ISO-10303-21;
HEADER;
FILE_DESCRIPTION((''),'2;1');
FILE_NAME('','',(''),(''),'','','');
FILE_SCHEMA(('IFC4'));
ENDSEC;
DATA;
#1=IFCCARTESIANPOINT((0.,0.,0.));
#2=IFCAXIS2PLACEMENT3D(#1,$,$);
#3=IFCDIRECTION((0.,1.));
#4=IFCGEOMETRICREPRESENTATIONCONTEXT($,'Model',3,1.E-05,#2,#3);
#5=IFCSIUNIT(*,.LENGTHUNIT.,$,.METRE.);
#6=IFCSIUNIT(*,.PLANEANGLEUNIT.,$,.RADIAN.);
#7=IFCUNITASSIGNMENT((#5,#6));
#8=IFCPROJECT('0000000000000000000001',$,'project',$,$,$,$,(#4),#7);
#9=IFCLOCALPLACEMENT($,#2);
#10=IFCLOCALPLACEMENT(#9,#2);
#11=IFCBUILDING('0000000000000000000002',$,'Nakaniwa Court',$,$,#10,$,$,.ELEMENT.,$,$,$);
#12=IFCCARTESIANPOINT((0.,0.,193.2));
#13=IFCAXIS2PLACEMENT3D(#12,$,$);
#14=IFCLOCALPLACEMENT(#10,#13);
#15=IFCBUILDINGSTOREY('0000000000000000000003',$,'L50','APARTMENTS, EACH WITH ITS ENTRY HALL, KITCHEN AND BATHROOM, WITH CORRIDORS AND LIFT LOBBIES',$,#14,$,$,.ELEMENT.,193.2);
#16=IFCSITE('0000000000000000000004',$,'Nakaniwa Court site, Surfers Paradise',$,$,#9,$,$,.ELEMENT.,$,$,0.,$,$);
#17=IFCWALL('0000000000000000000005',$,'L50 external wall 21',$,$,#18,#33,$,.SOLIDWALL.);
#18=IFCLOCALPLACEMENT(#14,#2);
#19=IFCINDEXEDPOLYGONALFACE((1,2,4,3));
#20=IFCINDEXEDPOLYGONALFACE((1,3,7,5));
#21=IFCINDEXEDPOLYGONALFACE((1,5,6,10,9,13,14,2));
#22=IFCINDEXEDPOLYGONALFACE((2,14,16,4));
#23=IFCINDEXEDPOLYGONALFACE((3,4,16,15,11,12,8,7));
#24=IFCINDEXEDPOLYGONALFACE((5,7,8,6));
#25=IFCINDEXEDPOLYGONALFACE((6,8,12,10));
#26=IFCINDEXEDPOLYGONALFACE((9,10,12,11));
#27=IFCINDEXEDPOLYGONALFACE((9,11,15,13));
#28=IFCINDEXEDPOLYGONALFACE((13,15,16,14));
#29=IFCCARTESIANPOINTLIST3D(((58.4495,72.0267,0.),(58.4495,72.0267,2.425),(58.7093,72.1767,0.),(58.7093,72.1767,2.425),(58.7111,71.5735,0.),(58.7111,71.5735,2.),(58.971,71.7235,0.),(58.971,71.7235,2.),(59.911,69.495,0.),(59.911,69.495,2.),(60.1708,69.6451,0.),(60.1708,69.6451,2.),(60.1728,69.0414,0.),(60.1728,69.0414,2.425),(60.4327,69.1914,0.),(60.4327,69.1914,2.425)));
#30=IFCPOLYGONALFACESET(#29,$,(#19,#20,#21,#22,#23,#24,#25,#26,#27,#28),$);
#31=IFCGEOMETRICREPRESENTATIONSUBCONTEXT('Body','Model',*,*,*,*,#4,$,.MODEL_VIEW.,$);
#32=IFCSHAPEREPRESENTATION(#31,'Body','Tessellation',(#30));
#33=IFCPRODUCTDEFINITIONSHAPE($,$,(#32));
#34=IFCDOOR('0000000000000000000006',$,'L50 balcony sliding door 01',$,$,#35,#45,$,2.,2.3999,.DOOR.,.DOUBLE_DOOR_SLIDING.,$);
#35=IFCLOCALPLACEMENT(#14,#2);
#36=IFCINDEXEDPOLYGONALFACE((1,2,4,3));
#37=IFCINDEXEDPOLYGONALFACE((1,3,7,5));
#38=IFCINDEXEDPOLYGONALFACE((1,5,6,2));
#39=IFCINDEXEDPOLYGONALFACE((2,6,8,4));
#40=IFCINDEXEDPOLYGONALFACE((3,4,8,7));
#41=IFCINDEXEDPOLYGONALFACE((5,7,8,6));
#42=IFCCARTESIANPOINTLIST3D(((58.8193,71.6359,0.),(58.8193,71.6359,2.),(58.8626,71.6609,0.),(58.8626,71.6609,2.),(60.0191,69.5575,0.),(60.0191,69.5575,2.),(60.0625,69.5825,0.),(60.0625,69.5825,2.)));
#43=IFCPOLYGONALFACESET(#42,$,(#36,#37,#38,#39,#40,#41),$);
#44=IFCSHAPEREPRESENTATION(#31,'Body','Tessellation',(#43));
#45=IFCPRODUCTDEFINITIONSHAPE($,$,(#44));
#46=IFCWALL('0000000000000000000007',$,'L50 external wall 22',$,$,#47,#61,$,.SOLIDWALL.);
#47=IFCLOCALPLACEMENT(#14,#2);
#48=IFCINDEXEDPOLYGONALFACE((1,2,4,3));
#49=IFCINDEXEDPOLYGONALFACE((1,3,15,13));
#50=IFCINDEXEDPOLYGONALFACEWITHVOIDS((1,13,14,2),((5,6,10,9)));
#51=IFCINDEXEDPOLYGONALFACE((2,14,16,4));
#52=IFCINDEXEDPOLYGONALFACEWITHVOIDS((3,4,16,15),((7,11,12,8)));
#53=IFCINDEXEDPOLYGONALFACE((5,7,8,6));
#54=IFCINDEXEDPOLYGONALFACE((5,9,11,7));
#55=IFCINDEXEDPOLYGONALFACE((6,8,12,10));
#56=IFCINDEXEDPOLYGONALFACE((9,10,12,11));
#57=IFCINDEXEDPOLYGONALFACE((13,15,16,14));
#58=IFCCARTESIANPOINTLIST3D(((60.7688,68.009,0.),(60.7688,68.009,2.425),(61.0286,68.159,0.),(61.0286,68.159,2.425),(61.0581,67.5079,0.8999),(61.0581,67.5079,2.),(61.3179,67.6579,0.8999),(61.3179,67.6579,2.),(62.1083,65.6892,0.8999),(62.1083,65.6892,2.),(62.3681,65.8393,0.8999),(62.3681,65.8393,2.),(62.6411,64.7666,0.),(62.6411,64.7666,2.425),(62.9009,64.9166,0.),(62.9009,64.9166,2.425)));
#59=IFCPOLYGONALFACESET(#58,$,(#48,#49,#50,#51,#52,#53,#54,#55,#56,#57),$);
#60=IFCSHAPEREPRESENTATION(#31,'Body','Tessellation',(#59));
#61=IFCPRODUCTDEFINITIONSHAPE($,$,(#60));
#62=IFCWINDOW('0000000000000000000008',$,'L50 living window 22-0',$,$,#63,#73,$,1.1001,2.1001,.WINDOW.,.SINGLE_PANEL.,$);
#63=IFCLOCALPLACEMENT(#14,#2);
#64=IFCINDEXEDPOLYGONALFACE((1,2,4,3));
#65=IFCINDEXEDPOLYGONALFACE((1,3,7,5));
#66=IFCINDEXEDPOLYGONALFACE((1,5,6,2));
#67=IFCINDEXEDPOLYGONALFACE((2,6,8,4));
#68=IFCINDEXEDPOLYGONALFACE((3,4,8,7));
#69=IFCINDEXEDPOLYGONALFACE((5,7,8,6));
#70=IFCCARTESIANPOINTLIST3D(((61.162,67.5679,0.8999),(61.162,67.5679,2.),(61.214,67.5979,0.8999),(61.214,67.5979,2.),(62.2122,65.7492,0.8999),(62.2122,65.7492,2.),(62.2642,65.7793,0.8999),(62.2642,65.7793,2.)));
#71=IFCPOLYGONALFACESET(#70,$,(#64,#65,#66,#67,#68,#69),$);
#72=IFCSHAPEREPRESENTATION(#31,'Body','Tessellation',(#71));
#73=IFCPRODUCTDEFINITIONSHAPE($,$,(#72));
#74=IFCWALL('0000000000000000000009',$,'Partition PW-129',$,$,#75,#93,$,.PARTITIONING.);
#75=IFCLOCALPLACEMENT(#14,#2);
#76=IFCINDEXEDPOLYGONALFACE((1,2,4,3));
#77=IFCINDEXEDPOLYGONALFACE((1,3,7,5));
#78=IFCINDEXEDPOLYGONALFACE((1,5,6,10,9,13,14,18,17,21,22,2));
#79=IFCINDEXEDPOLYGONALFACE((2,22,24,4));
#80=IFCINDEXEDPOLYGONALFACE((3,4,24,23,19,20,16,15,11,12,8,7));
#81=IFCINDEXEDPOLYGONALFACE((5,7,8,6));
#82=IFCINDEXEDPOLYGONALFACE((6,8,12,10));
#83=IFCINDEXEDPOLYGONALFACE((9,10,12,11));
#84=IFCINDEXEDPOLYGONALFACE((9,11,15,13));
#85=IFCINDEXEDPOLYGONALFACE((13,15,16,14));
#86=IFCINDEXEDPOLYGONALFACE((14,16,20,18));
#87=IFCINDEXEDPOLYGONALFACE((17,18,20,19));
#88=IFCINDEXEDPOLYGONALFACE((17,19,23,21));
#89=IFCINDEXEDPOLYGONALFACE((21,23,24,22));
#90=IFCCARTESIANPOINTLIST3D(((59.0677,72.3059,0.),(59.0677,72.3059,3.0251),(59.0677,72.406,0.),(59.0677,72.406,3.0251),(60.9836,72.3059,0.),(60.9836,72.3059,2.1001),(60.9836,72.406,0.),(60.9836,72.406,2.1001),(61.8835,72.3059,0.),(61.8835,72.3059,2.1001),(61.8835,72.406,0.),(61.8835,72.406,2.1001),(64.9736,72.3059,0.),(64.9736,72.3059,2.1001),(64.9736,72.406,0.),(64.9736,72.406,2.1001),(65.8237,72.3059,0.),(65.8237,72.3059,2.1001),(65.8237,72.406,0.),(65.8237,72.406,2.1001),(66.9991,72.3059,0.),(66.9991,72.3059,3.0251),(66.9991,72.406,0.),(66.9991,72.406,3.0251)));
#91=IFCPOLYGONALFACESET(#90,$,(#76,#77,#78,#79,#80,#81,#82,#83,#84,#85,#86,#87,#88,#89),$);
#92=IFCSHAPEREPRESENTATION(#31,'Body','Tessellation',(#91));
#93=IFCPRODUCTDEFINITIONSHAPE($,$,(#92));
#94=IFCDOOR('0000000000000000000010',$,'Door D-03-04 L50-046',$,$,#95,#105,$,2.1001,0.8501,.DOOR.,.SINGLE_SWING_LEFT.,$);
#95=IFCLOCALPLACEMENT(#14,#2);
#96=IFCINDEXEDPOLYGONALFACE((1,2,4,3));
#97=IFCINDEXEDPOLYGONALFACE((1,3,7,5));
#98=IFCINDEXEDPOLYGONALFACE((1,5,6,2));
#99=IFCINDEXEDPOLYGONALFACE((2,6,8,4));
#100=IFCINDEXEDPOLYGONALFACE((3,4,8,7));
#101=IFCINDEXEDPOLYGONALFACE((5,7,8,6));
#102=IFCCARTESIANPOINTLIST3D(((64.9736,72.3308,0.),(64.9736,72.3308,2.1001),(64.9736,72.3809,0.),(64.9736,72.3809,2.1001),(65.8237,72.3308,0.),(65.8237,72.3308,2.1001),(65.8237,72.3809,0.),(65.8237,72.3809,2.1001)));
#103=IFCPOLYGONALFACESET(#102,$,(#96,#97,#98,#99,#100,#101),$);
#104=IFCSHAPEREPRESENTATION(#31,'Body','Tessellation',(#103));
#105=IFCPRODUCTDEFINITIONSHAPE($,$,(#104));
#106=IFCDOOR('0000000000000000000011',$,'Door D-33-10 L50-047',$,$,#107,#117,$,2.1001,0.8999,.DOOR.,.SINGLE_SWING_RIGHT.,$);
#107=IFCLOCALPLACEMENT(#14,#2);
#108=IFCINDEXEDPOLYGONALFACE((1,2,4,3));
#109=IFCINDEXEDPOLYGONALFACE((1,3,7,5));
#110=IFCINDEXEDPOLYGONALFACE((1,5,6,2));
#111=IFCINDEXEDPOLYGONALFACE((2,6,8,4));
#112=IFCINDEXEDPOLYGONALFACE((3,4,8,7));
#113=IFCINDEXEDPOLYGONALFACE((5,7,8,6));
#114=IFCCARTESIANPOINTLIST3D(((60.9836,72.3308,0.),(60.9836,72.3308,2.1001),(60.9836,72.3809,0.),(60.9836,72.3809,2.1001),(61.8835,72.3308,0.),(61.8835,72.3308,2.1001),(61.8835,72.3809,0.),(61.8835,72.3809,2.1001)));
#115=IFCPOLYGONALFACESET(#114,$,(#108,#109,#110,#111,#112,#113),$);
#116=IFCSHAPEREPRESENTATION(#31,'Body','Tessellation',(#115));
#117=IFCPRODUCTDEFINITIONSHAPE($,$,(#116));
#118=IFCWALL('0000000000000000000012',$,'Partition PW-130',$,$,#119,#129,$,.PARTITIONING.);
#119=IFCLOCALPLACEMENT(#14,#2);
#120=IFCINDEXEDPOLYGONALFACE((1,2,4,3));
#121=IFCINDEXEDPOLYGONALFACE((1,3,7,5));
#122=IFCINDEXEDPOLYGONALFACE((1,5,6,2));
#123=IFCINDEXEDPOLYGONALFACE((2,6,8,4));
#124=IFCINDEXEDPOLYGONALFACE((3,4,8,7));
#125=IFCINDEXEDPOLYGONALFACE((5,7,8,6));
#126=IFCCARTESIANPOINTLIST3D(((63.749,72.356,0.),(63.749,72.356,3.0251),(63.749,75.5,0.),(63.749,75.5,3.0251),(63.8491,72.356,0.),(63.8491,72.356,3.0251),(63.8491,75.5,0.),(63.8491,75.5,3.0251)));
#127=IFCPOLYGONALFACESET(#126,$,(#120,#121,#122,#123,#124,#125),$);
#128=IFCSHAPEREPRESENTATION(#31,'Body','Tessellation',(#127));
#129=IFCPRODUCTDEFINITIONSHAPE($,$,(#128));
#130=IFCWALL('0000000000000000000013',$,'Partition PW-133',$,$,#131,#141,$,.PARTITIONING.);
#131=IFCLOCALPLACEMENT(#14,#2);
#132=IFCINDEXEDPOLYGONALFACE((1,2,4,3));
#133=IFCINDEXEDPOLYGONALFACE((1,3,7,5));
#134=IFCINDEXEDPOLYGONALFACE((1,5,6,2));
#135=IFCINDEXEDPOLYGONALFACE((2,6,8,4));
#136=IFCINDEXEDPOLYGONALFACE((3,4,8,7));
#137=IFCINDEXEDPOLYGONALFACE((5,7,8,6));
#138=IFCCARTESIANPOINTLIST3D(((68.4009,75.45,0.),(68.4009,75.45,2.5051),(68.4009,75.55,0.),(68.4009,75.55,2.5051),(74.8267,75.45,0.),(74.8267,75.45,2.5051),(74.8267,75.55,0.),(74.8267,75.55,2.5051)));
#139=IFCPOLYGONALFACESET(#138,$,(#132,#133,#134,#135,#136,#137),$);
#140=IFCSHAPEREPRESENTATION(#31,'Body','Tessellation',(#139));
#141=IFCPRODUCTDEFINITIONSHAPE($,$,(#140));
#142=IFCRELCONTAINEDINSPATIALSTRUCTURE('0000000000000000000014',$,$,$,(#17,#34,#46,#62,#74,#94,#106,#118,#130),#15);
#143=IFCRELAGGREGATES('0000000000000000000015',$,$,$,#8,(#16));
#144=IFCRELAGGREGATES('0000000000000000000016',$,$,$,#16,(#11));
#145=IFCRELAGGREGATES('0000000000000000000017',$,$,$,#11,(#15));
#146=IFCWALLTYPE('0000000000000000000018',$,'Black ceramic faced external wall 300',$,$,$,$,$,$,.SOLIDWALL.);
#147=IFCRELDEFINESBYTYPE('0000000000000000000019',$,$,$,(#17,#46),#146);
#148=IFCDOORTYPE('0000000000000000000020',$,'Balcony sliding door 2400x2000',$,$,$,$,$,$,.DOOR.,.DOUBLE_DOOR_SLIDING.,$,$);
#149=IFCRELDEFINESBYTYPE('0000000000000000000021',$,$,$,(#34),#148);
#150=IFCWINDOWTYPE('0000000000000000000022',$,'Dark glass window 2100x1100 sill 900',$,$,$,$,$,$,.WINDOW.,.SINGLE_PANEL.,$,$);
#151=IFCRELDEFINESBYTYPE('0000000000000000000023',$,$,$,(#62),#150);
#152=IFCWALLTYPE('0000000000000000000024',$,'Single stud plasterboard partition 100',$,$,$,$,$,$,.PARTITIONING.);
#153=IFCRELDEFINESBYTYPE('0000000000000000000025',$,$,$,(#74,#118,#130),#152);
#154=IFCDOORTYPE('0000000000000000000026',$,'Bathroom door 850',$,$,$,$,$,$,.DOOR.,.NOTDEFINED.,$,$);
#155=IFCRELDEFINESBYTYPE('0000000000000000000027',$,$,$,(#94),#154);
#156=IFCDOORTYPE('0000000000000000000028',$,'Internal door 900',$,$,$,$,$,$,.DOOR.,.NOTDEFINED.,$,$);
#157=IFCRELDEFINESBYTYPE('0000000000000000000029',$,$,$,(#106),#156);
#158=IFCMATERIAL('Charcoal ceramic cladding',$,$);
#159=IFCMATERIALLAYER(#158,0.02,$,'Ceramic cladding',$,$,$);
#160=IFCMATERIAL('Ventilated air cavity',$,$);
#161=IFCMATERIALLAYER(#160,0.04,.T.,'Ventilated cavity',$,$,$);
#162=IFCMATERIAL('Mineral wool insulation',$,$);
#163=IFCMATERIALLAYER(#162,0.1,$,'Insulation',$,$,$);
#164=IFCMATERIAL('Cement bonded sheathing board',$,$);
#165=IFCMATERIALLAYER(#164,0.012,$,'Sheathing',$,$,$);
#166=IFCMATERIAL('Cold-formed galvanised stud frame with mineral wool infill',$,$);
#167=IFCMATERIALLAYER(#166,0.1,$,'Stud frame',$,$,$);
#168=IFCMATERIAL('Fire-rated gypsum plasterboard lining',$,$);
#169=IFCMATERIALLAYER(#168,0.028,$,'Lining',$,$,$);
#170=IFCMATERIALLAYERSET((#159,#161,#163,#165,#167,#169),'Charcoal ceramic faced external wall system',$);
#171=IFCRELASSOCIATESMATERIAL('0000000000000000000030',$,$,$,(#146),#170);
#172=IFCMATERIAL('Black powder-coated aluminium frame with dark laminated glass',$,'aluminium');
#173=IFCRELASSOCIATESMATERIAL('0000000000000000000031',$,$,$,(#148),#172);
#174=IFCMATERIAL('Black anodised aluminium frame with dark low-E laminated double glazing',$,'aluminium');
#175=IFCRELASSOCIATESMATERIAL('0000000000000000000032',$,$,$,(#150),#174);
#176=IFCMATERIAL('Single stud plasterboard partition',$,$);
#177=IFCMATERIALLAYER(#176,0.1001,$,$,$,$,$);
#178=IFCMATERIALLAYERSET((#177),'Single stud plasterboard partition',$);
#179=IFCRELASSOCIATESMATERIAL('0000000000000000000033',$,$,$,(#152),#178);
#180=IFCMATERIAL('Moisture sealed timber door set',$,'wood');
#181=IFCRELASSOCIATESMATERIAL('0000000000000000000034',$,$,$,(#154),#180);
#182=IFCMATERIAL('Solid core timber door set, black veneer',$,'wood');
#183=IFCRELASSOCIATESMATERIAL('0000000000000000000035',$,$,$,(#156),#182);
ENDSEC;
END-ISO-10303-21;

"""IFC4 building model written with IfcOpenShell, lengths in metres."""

from ifc_helpers import new_model, si_unit, direction, frame, frame_2d, origin, place, context, subcontext, project, spatial, rectangle, extrude, material, layer, layer_set, type_object, element, fill, save


model = new_model("IFC4")

# Units and contexts
model_context = context("Model", 3, precision=1e-05, world=origin(), true_north=direction((0.0, 1.0)))
body_context = subcontext(model_context, "Body", "Model", "MODEL_VIEW")
ifc_project = project(units=[si_unit("LENGTHUNIT", "METRE"), si_unit("PLANEANGLEUNIT", "RADIAN")], contexts=[model_context])

# Site, building, storey
site_placement = place(None, origin())
site = spatial("IfcSite", under=ifc_project, at=site_placement, Name="Nakaniwa Court site, Surfers Paradise", CompositionType="ELEMENT", RefElevation=0.0)
building_placement = place(site_placement, origin())
building = spatial("IfcBuilding", under=site, at=building_placement, Name="Nakaniwa Court", CompositionType="ELEMENT")
storey_placement = place(building_placement, frame((0.0, 0.0, 193.2)))
storey = spatial("IfcBuildingStorey", under=building, at=storey_placement, Name="L50", Description="APARTMENTS, EACH WITH ITS ENTRY HALL, KITCHEN AND BATHROOM, WITH CORRIDORS AND LIFT LOBBIES", CompositionType="ELEMENT", Elevation=193.2)

# Shared definitions
ifc_material_1 = material(Name="Solid core timber door set, black veneer", Category="wood")

# Wall, opening, door
ifc_material_2 = material(Name="Charcoal ceramic cladding")
ifc_layer_1 = layer(ifc_material_2, 0.02, Name="Ceramic cladding")
ifc_material_3 = material(Name="Ventilated air cavity")
ifc_layer_2 = layer(ifc_material_3, 0.04, ventilated=True, Name="Ventilated cavity")
ifc_material_4 = material(Name="Mineral wool insulation")
ifc_layer_3 = layer(ifc_material_4, 0.1, Name="Insulation")
ifc_material_5 = material(Name="Cement bonded sheathing board")
ifc_layer_4 = layer(ifc_material_5, 0.012, Name="Sheathing")
ifc_material_6 = material(Name="Cold-formed galvanised stud frame with mineral wool infill")
ifc_layer_5 = layer(ifc_material_6, 0.1, Name="Stud frame")
ifc_material_7 = material(Name="Fire-rated gypsum plasterboard lining")
ifc_layer_6 = layer(ifc_material_7, 0.028, Name="Lining")
ifc_layer_set_1 = layer_set([ifc_layer_1, ifc_layer_2, ifc_layer_3, ifc_layer_4, ifc_layer_5, ifc_layer_6], Name="Charcoal ceramic faced external wall system")
wall_type_1 = type_object("IfcWallType", Name="Black ceramic faced external wall 300", PredefinedType="SOLIDWALL", material=ifc_layer_set_1)
wall_1_placement = place(storey_placement, frame((58.5793, 72.1018, 0.0), z_axis=(0.0, 0.0, 1.0), x_axis=(0.499955, -0.866051, 0.0)))
wall_1 = element("IfcWall", 1, at=wall_1_placement, inside=storey, type_object=wall_type_1, Name="L50 external wall 21", PredefinedType="SOLIDWALL", context=body_context, shape_type="SweptSolid", body=[
    extrude(rectangle(XDim=3.447, YDim=0.3, at=frame_2d((1.7236, 0.0))), origin(), (0.0, 0.0, 1.0), 2.425),
])
opening_1_placement = place(wall_1_placement, frame((0.5234, 0.0, 0.0)))
opening_1 = element("IfcOpeningElement", 2, at=opening_1_placement, cuts=wall_1, PredefinedType="OPENING", context=body_context, shape_type="SweptSolid", body=[
    extrude(rectangle(XDim=2.3999, YDim=2.0, at=frame_2d((1.2, 1.0))), frame((0.0, 0.1599, 0.0), z_axis=(0.0, -1.0, 0.0), x_axis=(1.0, 0.0, 0.0)), (0.0, 0.0, 1.0), 0.3201),
])
ifc_material_8 = material(Name="Black powder-coated aluminium frame with dark laminated glass", Category="aluminium")
door_type_1 = type_object("IfcDoorType", Name="Balcony sliding door 2400x2000", OperationType="DOUBLE_DOOR_SLIDING", PredefinedType="DOOR", material=ifc_material_8)
door_1_placement = place(opening_1_placement, origin())
door_1 = element("IfcDoor", 3, at=door_1_placement, inside=storey, type_object=door_type_1, Name="L50 balcony sliding door 01", OperationType="DOUBLE_DOOR_SLIDING", OverallHeight=2.0, OverallWidth=2.3999, PredefinedType="DOOR", context=body_context, shape_type="SweptSolid", body=[
    extrude(rectangle(XDim=2.3999, YDim=2.0, at=frame_2d((1.2, 1.0))), frame((0.0, 0.0249, 0.0), z_axis=(0.0, -1.0, 0.0), x_axis=(1.0, 0.0, 0.0)), (0.0, 0.0, 1.0), 0.05),
])
fill(opening_1, door_1)

# Wall, opening, window
wall_2_placement = place(storey_placement, frame((60.8987, 68.084, 0.0), z_axis=(0.0, 0.0, 1.0), x_axis=(0.500059, -0.865991, 0.0)))
wall_2 = element("IfcWall", 4, at=wall_2_placement, inside=storey, type_object=wall_type_1, Name="L50 external wall 22", PredefinedType="SOLIDWALL", context=body_context, shape_type="SweptSolid", body=[
    extrude(rectangle(XDim=3.7441, YDim=0.3, at=frame_2d((1.8721, 0.0))), origin(), (0.0, 0.0, 1.0), 2.425),
])
opening_2_placement = place(wall_2_placement, frame((0.5786, 0.0, 0.8999)))
opening_2 = element("IfcOpeningElement", 5, at=opening_2_placement, cuts=wall_2, PredefinedType="OPENING", context=body_context, shape_type="SweptSolid", body=[
    extrude(rectangle(XDim=2.1001, YDim=1.1001, at=frame_2d((1.05, 0.55))), frame((0.0, 0.1599, 0.0), z_axis=(0.0, -1.0, 0.0), x_axis=(1.0, 0.0, 0.0)), (0.0, 0.0, 1.0), 0.3201),
])
ifc_material_9 = material(Name="Black anodised aluminium frame with dark low-E laminated double glazing", Category="aluminium")
window_type = type_object("IfcWindowType", Name="Dark glass window 2100x1100 sill 900", PartitioningType="SINGLE_PANEL", PredefinedType="WINDOW", material=ifc_material_9)
window_placement = place(opening_2_placement, origin())
window = element("IfcWindow", 6, at=window_placement, inside=storey, type_object=window_type, Name="L50 living window 22-0", OverallHeight=1.1001, OverallWidth=2.1001, PartitioningType="SINGLE_PANEL", PredefinedType="WINDOW", context=body_context, shape_type="SweptSolid", body=[
    extrude(rectangle(XDim=2.1001, YDim=1.1001, at=frame_2d((1.05, 0.55))), frame((0.0, 0.03, 0.0), z_axis=(0.0, -1.0, 0.0), x_axis=(1.0, 0.0, 0.0)), (0.0, 0.0, 1.0), 0.0601),
])
fill(opening_2, window)

# Wall, openings, doors
ifc_material_10 = material(Name="Single stud plasterboard partition")
ifc_layer_7 = layer(ifc_material_10, 0.1001)
ifc_layer_set_2 = layer_set([ifc_layer_7], Name="Single stud plasterboard partition")
wall_type_2 = type_object("IfcWallType", Name="Single stud plasterboard partition 100", PredefinedType="PARTITIONING", material=ifc_layer_set_2)
wall_3_placement = place(storey_placement, frame((59.0676, 72.356, 0.0), z_axis=(0.0, 0.0, 1.0), x_axis=(1.0, 0.0, 0.0)))
wall_3 = element("IfcWall", 7, at=wall_3_placement, inside=storey, type_object=wall_type_2, Name="Partition PW-129", PredefinedType="PARTITIONING", context=body_context, shape_type="SweptSolid", body=[
    extrude(rectangle(XDim=7.9314, YDim=0.1001, at=frame_2d((3.9658, 0.0))), origin(), (0.0, 0.0, 1.0), 3.0251),
])
opening_3_placement = place(wall_3_placement, frame((5.906, 0.0, 0.0)))
opening_3 = element("IfcOpeningElement", 8, at=opening_3_placement, cuts=wall_3, PredefinedType="OPENING", context=body_context, shape_type="SweptSolid", body=[
    extrude(rectangle(XDim=0.8501, YDim=2.1001, at=frame_2d((0.425, 1.05))), frame((0.0, 0.0601, 0.0), z_axis=(0.0, -1.0, 0.0), x_axis=(1.0, 0.0, 0.0)), (0.0, 0.0, 1.0), 0.1201),
])
opening_4_placement = place(wall_3_placement, frame((1.916, 0.0, 0.0)))
opening_4 = element("IfcOpeningElement", 9, at=opening_4_placement, cuts=wall_3, PredefinedType="OPENING", context=body_context, shape_type="SweptSolid", body=[
    extrude(rectangle(XDim=0.8999, YDim=2.1001, at=frame_2d((0.45, 1.05))), frame((0.0, 0.0601, 0.0), z_axis=(0.0, -1.0, 0.0), x_axis=(1.0, 0.0, 0.0)), (0.0, 0.0, 1.0), 0.1201),
])
ifc_material_11 = material(Name="Moisture sealed timber door set", Category="wood")
door_type_2 = type_object("IfcDoorType", Name="Bathroom door 850", OperationType="NOTDEFINED", PredefinedType="DOOR", material=ifc_material_11)
door_2_placement = place(opening_3_placement, origin())
door_2 = element("IfcDoor", 10, at=door_2_placement, inside=storey, type_object=door_type_2, Name="Door D-03-04 L50-046", OperationType="SINGLE_SWING_LEFT", OverallHeight=2.1001, OverallWidth=0.8501, PredefinedType="DOOR", context=body_context, shape_type="SweptSolid", body=[
    extrude(rectangle(XDim=0.8501, YDim=2.1001, at=frame_2d((0.425, 1.05))), frame((0.0, 0.0249, 0.0), z_axis=(0.0, -1.0, 0.0), x_axis=(1.0, 0.0, 0.0)), (0.0, 0.0, 1.0), 0.05),
])
fill(opening_3, door_2)
door_type_3 = type_object("IfcDoorType", Name="Internal door 900", OperationType="NOTDEFINED", PredefinedType="DOOR", material=ifc_material_1)
door_3_placement = place(opening_4_placement, origin())
door_3 = element("IfcDoor", 11, at=door_3_placement, inside=storey, type_object=door_type_3, Name="Door D-33-10 L50-047", OperationType="SINGLE_SWING_RIGHT", OverallHeight=2.1001, OverallWidth=0.8999, PredefinedType="DOOR", context=body_context, shape_type="SweptSolid", body=[
    extrude(rectangle(XDim=0.8999, YDim=2.1001, at=frame_2d((0.45, 1.05))), frame((0.0, 0.0249, 0.0), z_axis=(0.0, -1.0, 0.0), x_axis=(1.0, 0.0, 0.0)), (0.0, 0.0, 1.0), 0.05),
])
fill(opening_4, door_3)

# Walls
wall_4_placement = place(storey_placement, frame((63.7991, 72.356, 0.0), z_axis=(0.0, 0.0, 1.0), x_axis=(0.0, 1.0, 0.0)))
element("IfcWall", 12, at=wall_4_placement, inside=storey, type_object=wall_type_2, Name="Partition PW-130", PredefinedType="PARTITIONING", context=body_context, shape_type="SweptSolid", body=[
    extrude(rectangle(XDim=3.144, YDim=0.1001, at=frame_2d((1.572, 0.0))), origin(), (0.0, 0.0, 1.0), 3.0251),
])
wall_5_placement = place(storey_placement, frame((68.4009, 75.5, 0.0), z_axis=(0.0, 0.0, 1.0), x_axis=(1.0, 0.0, 0.0)))
element("IfcWall", 13, at=wall_5_placement, inside=storey, type_object=wall_type_2, Name="Partition PW-133", PredefinedType="PARTITIONING", context=body_context, shape_type="SweptSolid", body=[
    extrude(rectangle(XDim=6.4258, YDim=0.1001, at=frame_2d((3.2129, 0.0))), origin(), (0.0, 0.0, 1.0), 2.5051),
])

save(model, "model.ifc")
